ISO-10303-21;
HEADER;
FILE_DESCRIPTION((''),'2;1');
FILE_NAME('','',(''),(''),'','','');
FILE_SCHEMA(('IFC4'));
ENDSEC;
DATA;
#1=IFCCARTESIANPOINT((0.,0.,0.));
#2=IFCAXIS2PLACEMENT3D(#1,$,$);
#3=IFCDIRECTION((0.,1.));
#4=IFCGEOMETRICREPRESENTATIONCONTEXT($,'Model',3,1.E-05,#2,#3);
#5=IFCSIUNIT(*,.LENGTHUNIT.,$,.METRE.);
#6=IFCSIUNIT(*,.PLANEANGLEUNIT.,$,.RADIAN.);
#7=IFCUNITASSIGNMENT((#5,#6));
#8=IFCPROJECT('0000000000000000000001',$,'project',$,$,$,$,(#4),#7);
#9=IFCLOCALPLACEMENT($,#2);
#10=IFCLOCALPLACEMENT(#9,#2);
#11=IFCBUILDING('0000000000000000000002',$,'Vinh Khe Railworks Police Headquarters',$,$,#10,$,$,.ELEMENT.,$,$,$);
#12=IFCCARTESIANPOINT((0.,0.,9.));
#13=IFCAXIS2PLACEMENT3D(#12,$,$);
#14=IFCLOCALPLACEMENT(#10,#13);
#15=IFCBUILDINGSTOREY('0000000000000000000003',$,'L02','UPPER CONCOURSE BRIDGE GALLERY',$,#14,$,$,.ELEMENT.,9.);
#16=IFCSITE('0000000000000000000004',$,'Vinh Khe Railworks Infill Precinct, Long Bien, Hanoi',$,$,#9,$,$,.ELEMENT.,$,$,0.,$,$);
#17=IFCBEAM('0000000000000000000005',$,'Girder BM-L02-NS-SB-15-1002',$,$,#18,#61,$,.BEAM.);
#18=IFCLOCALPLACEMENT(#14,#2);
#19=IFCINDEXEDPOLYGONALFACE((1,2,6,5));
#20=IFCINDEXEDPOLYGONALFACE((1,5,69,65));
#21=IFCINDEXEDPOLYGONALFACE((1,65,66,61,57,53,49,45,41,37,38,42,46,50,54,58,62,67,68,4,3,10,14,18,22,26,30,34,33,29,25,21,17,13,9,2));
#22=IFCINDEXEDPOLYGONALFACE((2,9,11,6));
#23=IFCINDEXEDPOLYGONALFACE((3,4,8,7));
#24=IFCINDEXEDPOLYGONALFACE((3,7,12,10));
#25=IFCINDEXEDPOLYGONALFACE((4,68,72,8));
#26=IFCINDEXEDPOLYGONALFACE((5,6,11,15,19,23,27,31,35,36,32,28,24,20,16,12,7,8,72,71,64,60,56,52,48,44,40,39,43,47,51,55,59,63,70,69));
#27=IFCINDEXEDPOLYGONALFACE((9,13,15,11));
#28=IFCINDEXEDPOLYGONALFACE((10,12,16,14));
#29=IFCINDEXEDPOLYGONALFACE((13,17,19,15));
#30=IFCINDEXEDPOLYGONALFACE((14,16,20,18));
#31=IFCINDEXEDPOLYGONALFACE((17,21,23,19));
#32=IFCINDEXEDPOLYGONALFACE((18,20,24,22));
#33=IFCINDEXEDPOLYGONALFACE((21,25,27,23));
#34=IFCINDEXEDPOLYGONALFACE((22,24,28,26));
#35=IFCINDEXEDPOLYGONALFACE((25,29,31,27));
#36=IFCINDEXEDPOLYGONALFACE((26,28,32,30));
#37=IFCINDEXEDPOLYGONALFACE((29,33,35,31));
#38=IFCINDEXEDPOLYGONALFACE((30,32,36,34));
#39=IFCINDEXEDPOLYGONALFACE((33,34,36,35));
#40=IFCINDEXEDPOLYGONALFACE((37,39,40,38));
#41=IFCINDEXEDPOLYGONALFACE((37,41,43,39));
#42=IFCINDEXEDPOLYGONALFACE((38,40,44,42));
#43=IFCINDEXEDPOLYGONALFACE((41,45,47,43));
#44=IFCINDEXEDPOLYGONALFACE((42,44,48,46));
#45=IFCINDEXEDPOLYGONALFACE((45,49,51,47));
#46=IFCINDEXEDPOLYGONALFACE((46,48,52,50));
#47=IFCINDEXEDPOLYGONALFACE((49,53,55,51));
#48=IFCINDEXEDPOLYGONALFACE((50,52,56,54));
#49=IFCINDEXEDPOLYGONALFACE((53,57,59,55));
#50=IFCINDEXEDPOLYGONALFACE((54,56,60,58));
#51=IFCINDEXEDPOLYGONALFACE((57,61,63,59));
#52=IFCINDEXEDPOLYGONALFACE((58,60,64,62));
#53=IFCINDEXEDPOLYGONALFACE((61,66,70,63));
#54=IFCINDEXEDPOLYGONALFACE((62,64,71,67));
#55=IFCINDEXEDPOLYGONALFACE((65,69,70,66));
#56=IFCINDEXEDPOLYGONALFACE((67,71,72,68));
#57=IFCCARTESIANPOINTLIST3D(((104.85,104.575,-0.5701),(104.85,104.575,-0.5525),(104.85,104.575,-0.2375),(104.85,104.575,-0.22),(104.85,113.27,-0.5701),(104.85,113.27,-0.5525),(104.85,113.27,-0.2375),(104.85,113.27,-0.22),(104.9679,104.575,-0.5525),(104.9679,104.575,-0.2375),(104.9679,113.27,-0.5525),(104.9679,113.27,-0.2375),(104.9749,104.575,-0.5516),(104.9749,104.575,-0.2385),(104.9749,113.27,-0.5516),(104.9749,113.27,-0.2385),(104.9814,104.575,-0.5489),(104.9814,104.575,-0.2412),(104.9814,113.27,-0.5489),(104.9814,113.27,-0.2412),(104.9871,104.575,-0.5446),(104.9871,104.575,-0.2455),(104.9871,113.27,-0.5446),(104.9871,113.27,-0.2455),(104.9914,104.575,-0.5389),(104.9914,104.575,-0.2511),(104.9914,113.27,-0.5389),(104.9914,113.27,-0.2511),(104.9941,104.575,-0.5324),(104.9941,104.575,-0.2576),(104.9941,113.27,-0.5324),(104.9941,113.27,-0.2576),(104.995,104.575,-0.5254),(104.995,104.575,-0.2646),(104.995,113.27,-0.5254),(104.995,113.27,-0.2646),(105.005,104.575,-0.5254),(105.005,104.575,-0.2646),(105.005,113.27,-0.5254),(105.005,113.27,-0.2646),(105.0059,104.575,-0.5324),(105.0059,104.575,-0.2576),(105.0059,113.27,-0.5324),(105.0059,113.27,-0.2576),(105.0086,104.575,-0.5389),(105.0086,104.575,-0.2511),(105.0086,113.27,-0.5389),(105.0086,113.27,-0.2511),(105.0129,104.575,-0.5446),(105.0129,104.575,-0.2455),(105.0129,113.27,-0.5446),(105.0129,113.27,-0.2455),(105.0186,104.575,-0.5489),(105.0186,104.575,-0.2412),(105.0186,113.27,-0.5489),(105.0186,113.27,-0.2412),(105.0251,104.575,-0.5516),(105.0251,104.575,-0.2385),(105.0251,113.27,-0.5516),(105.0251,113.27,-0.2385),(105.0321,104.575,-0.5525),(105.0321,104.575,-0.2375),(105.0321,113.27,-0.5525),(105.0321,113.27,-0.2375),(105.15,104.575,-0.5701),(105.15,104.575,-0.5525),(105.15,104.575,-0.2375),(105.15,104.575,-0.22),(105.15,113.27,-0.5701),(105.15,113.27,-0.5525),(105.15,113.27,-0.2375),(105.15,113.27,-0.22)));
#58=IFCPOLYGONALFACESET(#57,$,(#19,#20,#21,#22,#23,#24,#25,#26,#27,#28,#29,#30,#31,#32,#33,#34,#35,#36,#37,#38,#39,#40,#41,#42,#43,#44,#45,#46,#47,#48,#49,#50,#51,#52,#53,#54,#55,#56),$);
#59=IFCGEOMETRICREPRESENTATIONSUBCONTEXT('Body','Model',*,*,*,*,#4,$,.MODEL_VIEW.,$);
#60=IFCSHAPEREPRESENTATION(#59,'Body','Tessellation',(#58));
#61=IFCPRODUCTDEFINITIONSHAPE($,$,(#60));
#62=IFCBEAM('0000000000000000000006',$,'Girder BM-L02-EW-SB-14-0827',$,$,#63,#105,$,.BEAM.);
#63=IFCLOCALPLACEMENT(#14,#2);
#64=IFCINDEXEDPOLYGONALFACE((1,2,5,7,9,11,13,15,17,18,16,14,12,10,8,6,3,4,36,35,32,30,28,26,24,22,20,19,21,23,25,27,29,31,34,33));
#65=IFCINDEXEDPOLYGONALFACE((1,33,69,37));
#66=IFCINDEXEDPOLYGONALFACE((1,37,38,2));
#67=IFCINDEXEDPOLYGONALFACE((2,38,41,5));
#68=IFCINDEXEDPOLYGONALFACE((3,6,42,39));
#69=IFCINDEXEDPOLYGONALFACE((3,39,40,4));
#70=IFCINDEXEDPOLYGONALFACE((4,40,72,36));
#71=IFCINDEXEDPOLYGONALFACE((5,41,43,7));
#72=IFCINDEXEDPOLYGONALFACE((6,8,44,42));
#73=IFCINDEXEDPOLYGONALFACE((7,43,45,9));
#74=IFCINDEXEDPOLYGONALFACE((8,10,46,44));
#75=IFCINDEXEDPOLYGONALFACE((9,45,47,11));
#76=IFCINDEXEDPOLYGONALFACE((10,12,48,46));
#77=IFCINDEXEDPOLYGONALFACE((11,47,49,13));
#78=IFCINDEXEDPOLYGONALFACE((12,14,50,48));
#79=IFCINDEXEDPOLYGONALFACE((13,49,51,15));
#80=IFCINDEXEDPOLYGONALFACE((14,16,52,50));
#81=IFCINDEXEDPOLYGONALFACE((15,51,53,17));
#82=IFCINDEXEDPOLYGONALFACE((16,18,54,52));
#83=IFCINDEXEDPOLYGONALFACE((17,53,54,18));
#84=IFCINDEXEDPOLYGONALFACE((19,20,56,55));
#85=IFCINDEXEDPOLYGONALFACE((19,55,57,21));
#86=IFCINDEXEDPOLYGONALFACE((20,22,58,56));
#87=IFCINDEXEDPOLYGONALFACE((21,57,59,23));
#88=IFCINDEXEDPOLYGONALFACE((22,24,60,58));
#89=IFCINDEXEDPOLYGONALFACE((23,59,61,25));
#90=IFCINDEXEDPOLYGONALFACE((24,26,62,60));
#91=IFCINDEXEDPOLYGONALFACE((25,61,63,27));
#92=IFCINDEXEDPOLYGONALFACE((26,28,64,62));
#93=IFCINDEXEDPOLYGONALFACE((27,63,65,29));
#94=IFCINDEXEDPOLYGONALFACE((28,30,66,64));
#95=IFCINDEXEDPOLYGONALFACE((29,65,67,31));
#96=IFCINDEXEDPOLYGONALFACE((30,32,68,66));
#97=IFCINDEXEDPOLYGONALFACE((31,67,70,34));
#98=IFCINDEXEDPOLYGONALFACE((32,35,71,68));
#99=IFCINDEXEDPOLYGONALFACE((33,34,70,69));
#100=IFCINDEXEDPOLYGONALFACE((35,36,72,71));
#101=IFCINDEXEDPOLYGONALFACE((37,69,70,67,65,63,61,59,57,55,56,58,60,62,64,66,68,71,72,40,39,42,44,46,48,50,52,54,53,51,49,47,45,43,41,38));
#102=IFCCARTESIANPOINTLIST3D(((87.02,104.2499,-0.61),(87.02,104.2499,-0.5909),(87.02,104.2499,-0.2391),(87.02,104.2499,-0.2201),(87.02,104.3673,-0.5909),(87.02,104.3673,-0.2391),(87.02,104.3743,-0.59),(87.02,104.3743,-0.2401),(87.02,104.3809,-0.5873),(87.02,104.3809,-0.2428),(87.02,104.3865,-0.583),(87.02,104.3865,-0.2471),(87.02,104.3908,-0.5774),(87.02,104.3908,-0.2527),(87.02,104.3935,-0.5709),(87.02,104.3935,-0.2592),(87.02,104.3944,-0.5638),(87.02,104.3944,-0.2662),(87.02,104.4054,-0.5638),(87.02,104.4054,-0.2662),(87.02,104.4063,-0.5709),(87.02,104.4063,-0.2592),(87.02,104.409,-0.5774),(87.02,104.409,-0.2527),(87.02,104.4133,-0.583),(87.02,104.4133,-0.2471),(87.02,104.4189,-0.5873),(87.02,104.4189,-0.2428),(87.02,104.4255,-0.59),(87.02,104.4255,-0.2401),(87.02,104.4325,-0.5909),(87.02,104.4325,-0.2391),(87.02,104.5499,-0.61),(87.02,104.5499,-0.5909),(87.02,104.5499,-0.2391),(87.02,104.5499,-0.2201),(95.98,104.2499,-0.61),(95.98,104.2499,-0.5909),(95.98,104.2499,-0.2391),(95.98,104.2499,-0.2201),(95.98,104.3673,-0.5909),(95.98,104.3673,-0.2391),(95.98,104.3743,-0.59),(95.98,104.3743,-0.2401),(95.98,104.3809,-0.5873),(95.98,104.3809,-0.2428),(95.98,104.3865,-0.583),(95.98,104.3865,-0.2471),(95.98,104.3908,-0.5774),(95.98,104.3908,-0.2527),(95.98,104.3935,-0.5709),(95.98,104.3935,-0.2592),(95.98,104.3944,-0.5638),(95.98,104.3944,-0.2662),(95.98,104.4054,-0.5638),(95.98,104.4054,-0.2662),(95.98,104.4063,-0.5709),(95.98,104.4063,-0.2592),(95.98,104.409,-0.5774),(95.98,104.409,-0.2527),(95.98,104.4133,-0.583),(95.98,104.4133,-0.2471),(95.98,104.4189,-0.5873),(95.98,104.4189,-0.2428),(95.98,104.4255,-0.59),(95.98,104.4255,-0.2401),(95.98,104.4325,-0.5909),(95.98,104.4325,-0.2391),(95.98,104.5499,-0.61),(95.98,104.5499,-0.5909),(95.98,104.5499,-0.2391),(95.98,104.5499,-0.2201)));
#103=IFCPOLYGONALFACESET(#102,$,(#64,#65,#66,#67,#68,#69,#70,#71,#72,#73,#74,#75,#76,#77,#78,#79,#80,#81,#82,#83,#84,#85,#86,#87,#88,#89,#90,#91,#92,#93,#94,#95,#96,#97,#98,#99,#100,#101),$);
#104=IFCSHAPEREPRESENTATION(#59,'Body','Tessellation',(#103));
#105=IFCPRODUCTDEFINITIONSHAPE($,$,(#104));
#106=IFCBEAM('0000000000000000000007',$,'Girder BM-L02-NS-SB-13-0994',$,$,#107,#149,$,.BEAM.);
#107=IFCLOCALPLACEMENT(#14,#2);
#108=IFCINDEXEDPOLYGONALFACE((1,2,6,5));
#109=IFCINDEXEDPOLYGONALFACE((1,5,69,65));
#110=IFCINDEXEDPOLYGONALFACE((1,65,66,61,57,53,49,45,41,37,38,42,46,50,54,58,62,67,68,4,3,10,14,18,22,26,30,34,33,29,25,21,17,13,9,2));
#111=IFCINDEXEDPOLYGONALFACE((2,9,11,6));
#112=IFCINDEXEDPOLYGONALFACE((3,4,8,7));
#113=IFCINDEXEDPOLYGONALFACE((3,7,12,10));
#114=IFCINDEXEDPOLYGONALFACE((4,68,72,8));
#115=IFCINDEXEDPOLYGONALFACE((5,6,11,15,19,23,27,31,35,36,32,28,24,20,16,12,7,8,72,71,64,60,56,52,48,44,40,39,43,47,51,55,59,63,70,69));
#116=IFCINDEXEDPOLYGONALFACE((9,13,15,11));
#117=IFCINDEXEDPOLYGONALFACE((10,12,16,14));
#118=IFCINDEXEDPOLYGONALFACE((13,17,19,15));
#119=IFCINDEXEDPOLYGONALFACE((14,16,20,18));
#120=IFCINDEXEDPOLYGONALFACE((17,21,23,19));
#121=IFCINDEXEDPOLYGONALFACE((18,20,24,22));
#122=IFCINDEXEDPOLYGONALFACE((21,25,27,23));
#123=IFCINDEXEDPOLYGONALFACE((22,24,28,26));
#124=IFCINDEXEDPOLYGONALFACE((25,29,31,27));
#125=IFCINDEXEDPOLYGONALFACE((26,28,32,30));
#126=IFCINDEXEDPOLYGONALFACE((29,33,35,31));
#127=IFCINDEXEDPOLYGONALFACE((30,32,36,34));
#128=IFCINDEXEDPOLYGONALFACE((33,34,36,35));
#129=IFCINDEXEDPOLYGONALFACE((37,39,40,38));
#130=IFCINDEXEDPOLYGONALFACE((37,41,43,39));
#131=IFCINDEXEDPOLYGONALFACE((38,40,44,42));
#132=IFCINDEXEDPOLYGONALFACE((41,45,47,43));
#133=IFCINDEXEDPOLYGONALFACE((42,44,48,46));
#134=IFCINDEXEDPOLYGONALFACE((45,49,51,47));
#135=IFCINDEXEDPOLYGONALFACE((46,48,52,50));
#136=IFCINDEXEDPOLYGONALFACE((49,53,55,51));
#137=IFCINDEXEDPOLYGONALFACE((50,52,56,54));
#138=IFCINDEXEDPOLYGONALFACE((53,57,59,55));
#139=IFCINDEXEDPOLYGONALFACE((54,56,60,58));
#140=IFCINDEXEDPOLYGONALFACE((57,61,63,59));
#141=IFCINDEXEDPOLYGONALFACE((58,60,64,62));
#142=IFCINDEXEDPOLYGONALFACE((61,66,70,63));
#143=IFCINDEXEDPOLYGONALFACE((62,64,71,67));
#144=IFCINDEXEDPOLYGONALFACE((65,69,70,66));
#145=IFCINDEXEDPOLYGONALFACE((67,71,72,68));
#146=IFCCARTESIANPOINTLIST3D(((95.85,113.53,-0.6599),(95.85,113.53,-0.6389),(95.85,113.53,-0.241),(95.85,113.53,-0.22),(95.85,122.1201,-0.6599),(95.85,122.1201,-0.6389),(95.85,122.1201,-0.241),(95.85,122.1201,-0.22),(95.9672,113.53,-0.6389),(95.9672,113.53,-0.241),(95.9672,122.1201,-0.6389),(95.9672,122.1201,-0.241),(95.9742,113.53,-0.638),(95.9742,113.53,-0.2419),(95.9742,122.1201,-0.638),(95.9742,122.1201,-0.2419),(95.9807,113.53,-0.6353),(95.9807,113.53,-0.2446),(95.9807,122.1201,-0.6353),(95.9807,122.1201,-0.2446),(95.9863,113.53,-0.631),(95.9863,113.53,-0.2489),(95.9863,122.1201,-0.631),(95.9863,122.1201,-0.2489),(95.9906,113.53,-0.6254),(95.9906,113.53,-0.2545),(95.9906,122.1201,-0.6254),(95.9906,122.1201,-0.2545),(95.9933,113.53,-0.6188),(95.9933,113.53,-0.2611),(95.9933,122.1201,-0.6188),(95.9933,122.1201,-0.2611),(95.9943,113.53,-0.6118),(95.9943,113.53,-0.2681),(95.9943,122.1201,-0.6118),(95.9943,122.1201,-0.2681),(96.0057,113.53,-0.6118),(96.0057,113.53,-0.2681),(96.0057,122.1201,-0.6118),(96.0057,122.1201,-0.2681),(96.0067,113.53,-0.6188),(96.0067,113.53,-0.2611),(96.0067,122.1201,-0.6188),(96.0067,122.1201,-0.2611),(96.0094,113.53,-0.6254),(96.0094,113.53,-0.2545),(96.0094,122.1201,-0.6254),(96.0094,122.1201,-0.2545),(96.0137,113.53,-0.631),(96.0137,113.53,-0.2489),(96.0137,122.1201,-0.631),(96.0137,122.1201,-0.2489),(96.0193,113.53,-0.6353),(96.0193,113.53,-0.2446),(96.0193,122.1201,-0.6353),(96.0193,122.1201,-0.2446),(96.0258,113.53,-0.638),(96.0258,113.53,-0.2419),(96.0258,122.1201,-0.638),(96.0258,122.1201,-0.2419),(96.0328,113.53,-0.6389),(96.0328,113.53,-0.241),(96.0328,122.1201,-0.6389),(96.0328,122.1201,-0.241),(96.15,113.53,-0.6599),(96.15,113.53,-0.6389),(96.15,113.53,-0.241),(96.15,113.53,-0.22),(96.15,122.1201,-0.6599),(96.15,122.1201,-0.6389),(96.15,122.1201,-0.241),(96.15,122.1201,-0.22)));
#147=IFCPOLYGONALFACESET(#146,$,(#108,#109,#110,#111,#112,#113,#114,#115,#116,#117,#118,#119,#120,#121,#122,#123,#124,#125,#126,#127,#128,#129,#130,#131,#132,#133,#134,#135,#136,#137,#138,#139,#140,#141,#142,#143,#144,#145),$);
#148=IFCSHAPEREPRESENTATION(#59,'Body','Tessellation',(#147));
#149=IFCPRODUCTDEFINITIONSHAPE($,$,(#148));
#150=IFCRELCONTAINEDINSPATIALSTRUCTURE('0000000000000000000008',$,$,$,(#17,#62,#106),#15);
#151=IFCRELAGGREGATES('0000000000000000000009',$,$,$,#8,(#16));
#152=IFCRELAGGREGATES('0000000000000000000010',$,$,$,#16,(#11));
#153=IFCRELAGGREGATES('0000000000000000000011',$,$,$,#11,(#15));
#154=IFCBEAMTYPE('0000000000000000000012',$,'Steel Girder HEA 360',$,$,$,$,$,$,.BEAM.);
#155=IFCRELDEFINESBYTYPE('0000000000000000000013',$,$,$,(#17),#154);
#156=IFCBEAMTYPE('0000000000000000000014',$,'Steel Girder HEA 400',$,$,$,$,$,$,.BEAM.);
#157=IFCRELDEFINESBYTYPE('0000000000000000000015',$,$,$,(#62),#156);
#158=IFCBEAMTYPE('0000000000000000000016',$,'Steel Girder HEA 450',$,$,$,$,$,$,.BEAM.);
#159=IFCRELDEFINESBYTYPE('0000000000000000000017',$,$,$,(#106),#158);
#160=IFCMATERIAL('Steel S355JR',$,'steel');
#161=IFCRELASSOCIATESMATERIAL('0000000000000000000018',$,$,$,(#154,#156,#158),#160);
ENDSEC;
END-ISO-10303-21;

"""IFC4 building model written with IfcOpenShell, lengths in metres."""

from ifc_helpers import new_model, si_unit, direction, frame, origin, origin_2d, place, context, subcontext, project, spatial, i_section, extrude, material, material_profile, profile_set, type_object, element, save


model = new_model("IFC4")

# Units and contexts
model_context = context("Model", 3, precision=1e-05, world=origin(), true_north=direction((0.0, 1.0)))
body_context = subcontext(model_context, "Body", "Model", "MODEL_VIEW")
ifc_project = project(units=[si_unit("LENGTHUNIT", "METRE"), si_unit("PLANEANGLEUNIT", "RADIAN")], contexts=[model_context])

# Site, building, storey
site_placement = place(None, origin())
site = spatial("IfcSite", under=ifc_project, at=site_placement, Name="Vinh Khe Railworks Infill Precinct, Long Bien, Hanoi", CompositionType="ELEMENT", RefElevation=0.0)
building_placement = place(site_placement, origin())
building = spatial("IfcBuilding", under=site, at=building_placement, Name="Vinh Khe Railworks Police Headquarters", CompositionType="ELEMENT")
storey_placement = place(building_placement, frame((0.0, 0.0, 9.0)))
storey = spatial("IfcBuildingStorey", under=building, at=storey_placement, Name="L02", Description="UPPER CONCOURSE BRIDGE GALLERY", CompositionType="ELEMENT", Elevation=9.0)

# Shared definitions
ifc_material_1 = material(Name="Steel S355JR", Category="steel")

# Beams
ifc_material_profile_1 = material_profile(ifc_material_1, i_section(OverallWidth=0.3, OverallDepth=0.3501, WebThickness=0.01, FlangeThickness=0.0176, FilletRadius=0.0271, at=origin_2d()), Name="HEA 360")
ifc_profile_set_1 = profile_set([ifc_material_profile_1], Name="Steel S355JR")
beam_type_1 = type_object("IfcBeamType", Name="Steel Girder HEA 360", PredefinedType="BEAM", material=ifc_profile_set_1)
beam_1_placement = place(storey_placement, frame((105.0, 104.575, -0.395), z_axis=(0.0, 1.0, 0.0), x_axis=(-1.0, 0.0, 0.0)))
element("IfcBeam", 1, at=beam_1_placement, inside=storey, type_object=beam_type_1, Name="Girder BM-L02-NS-SB-15-1002", PredefinedType="BEAM", context=body_context, shape_type="SweptSolid", body=[
    extrude(i_section(OverallWidth=0.3, OverallDepth=0.3501, WebThickness=0.01, FlangeThickness=0.0176, FilletRadius=0.0271, at=origin_2d()), origin(), (0.0, 0.0, 1.0), 8.6951),
])
ifc_material_profile_2 = material_profile(ifc_material_1, i_section(OverallWidth=0.3, OverallDepth=0.3899, WebThickness=0.011, FlangeThickness=0.019, FilletRadius=0.0271, at=origin_2d()), Name="HEA 400")
ifc_profile_set_2 = profile_set([ifc_material_profile_2], Name="Steel S355JR")
beam_type_2 = type_object("IfcBeamType", Name="Steel Girder HEA 400", PredefinedType="BEAM", material=ifc_profile_set_2)
beam_2_placement = place(storey_placement, frame((87.02, 104.3999, -0.415), z_axis=(1.0, 0.0, 0.0), x_axis=(0.0, 1.0, 0.0)))
element("IfcBeam", 2, at=beam_2_placement, inside=storey, type_object=beam_type_2, Name="Girder BM-L02-EW-SB-14-0827", PredefinedType="BEAM", context=body_context, shape_type="SweptSolid", body=[
    extrude(i_section(OverallWidth=0.3, OverallDepth=0.3899, WebThickness=0.011, FlangeThickness=0.019, FilletRadius=0.0271, at=origin_2d()), origin(), (0.0, 0.0, 1.0), 8.96),
])
ifc_material_profile_3 = material_profile(ifc_material_1, i_section(OverallWidth=0.3, OverallDepth=0.4399, WebThickness=0.0115, FlangeThickness=0.021, FilletRadius=0.0271, at=origin_2d()), Name="HEA 450")
ifc_profile_set_3 = profile_set([ifc_material_profile_3], Name="Steel S355JR")
beam_type_3 = type_object("IfcBeamType", Name="Steel Girder HEA 450", PredefinedType="BEAM", material=ifc_profile_set_3)
beam_3_placement = place(storey_placement, frame((96.0, 113.53, -0.4399), z_axis=(0.0, 1.0, 0.0), x_axis=(-1.0, 0.0, 0.0)))
element("IfcBeam", 3, at=beam_3_placement, inside=storey, type_object=beam_type_3, Name="Girder BM-L02-NS-SB-13-0994", PredefinedType="BEAM", context=body_context, shape_type="SweptSolid", body=[
    extrude(i_section(OverallWidth=0.3, OverallDepth=0.4399, WebThickness=0.0115, FlangeThickness=0.021, FilletRadius=0.0271, at=origin_2d()), origin(), (0.0, 0.0, 1.0), 8.5901),
])

save(model, "model.ifc")
